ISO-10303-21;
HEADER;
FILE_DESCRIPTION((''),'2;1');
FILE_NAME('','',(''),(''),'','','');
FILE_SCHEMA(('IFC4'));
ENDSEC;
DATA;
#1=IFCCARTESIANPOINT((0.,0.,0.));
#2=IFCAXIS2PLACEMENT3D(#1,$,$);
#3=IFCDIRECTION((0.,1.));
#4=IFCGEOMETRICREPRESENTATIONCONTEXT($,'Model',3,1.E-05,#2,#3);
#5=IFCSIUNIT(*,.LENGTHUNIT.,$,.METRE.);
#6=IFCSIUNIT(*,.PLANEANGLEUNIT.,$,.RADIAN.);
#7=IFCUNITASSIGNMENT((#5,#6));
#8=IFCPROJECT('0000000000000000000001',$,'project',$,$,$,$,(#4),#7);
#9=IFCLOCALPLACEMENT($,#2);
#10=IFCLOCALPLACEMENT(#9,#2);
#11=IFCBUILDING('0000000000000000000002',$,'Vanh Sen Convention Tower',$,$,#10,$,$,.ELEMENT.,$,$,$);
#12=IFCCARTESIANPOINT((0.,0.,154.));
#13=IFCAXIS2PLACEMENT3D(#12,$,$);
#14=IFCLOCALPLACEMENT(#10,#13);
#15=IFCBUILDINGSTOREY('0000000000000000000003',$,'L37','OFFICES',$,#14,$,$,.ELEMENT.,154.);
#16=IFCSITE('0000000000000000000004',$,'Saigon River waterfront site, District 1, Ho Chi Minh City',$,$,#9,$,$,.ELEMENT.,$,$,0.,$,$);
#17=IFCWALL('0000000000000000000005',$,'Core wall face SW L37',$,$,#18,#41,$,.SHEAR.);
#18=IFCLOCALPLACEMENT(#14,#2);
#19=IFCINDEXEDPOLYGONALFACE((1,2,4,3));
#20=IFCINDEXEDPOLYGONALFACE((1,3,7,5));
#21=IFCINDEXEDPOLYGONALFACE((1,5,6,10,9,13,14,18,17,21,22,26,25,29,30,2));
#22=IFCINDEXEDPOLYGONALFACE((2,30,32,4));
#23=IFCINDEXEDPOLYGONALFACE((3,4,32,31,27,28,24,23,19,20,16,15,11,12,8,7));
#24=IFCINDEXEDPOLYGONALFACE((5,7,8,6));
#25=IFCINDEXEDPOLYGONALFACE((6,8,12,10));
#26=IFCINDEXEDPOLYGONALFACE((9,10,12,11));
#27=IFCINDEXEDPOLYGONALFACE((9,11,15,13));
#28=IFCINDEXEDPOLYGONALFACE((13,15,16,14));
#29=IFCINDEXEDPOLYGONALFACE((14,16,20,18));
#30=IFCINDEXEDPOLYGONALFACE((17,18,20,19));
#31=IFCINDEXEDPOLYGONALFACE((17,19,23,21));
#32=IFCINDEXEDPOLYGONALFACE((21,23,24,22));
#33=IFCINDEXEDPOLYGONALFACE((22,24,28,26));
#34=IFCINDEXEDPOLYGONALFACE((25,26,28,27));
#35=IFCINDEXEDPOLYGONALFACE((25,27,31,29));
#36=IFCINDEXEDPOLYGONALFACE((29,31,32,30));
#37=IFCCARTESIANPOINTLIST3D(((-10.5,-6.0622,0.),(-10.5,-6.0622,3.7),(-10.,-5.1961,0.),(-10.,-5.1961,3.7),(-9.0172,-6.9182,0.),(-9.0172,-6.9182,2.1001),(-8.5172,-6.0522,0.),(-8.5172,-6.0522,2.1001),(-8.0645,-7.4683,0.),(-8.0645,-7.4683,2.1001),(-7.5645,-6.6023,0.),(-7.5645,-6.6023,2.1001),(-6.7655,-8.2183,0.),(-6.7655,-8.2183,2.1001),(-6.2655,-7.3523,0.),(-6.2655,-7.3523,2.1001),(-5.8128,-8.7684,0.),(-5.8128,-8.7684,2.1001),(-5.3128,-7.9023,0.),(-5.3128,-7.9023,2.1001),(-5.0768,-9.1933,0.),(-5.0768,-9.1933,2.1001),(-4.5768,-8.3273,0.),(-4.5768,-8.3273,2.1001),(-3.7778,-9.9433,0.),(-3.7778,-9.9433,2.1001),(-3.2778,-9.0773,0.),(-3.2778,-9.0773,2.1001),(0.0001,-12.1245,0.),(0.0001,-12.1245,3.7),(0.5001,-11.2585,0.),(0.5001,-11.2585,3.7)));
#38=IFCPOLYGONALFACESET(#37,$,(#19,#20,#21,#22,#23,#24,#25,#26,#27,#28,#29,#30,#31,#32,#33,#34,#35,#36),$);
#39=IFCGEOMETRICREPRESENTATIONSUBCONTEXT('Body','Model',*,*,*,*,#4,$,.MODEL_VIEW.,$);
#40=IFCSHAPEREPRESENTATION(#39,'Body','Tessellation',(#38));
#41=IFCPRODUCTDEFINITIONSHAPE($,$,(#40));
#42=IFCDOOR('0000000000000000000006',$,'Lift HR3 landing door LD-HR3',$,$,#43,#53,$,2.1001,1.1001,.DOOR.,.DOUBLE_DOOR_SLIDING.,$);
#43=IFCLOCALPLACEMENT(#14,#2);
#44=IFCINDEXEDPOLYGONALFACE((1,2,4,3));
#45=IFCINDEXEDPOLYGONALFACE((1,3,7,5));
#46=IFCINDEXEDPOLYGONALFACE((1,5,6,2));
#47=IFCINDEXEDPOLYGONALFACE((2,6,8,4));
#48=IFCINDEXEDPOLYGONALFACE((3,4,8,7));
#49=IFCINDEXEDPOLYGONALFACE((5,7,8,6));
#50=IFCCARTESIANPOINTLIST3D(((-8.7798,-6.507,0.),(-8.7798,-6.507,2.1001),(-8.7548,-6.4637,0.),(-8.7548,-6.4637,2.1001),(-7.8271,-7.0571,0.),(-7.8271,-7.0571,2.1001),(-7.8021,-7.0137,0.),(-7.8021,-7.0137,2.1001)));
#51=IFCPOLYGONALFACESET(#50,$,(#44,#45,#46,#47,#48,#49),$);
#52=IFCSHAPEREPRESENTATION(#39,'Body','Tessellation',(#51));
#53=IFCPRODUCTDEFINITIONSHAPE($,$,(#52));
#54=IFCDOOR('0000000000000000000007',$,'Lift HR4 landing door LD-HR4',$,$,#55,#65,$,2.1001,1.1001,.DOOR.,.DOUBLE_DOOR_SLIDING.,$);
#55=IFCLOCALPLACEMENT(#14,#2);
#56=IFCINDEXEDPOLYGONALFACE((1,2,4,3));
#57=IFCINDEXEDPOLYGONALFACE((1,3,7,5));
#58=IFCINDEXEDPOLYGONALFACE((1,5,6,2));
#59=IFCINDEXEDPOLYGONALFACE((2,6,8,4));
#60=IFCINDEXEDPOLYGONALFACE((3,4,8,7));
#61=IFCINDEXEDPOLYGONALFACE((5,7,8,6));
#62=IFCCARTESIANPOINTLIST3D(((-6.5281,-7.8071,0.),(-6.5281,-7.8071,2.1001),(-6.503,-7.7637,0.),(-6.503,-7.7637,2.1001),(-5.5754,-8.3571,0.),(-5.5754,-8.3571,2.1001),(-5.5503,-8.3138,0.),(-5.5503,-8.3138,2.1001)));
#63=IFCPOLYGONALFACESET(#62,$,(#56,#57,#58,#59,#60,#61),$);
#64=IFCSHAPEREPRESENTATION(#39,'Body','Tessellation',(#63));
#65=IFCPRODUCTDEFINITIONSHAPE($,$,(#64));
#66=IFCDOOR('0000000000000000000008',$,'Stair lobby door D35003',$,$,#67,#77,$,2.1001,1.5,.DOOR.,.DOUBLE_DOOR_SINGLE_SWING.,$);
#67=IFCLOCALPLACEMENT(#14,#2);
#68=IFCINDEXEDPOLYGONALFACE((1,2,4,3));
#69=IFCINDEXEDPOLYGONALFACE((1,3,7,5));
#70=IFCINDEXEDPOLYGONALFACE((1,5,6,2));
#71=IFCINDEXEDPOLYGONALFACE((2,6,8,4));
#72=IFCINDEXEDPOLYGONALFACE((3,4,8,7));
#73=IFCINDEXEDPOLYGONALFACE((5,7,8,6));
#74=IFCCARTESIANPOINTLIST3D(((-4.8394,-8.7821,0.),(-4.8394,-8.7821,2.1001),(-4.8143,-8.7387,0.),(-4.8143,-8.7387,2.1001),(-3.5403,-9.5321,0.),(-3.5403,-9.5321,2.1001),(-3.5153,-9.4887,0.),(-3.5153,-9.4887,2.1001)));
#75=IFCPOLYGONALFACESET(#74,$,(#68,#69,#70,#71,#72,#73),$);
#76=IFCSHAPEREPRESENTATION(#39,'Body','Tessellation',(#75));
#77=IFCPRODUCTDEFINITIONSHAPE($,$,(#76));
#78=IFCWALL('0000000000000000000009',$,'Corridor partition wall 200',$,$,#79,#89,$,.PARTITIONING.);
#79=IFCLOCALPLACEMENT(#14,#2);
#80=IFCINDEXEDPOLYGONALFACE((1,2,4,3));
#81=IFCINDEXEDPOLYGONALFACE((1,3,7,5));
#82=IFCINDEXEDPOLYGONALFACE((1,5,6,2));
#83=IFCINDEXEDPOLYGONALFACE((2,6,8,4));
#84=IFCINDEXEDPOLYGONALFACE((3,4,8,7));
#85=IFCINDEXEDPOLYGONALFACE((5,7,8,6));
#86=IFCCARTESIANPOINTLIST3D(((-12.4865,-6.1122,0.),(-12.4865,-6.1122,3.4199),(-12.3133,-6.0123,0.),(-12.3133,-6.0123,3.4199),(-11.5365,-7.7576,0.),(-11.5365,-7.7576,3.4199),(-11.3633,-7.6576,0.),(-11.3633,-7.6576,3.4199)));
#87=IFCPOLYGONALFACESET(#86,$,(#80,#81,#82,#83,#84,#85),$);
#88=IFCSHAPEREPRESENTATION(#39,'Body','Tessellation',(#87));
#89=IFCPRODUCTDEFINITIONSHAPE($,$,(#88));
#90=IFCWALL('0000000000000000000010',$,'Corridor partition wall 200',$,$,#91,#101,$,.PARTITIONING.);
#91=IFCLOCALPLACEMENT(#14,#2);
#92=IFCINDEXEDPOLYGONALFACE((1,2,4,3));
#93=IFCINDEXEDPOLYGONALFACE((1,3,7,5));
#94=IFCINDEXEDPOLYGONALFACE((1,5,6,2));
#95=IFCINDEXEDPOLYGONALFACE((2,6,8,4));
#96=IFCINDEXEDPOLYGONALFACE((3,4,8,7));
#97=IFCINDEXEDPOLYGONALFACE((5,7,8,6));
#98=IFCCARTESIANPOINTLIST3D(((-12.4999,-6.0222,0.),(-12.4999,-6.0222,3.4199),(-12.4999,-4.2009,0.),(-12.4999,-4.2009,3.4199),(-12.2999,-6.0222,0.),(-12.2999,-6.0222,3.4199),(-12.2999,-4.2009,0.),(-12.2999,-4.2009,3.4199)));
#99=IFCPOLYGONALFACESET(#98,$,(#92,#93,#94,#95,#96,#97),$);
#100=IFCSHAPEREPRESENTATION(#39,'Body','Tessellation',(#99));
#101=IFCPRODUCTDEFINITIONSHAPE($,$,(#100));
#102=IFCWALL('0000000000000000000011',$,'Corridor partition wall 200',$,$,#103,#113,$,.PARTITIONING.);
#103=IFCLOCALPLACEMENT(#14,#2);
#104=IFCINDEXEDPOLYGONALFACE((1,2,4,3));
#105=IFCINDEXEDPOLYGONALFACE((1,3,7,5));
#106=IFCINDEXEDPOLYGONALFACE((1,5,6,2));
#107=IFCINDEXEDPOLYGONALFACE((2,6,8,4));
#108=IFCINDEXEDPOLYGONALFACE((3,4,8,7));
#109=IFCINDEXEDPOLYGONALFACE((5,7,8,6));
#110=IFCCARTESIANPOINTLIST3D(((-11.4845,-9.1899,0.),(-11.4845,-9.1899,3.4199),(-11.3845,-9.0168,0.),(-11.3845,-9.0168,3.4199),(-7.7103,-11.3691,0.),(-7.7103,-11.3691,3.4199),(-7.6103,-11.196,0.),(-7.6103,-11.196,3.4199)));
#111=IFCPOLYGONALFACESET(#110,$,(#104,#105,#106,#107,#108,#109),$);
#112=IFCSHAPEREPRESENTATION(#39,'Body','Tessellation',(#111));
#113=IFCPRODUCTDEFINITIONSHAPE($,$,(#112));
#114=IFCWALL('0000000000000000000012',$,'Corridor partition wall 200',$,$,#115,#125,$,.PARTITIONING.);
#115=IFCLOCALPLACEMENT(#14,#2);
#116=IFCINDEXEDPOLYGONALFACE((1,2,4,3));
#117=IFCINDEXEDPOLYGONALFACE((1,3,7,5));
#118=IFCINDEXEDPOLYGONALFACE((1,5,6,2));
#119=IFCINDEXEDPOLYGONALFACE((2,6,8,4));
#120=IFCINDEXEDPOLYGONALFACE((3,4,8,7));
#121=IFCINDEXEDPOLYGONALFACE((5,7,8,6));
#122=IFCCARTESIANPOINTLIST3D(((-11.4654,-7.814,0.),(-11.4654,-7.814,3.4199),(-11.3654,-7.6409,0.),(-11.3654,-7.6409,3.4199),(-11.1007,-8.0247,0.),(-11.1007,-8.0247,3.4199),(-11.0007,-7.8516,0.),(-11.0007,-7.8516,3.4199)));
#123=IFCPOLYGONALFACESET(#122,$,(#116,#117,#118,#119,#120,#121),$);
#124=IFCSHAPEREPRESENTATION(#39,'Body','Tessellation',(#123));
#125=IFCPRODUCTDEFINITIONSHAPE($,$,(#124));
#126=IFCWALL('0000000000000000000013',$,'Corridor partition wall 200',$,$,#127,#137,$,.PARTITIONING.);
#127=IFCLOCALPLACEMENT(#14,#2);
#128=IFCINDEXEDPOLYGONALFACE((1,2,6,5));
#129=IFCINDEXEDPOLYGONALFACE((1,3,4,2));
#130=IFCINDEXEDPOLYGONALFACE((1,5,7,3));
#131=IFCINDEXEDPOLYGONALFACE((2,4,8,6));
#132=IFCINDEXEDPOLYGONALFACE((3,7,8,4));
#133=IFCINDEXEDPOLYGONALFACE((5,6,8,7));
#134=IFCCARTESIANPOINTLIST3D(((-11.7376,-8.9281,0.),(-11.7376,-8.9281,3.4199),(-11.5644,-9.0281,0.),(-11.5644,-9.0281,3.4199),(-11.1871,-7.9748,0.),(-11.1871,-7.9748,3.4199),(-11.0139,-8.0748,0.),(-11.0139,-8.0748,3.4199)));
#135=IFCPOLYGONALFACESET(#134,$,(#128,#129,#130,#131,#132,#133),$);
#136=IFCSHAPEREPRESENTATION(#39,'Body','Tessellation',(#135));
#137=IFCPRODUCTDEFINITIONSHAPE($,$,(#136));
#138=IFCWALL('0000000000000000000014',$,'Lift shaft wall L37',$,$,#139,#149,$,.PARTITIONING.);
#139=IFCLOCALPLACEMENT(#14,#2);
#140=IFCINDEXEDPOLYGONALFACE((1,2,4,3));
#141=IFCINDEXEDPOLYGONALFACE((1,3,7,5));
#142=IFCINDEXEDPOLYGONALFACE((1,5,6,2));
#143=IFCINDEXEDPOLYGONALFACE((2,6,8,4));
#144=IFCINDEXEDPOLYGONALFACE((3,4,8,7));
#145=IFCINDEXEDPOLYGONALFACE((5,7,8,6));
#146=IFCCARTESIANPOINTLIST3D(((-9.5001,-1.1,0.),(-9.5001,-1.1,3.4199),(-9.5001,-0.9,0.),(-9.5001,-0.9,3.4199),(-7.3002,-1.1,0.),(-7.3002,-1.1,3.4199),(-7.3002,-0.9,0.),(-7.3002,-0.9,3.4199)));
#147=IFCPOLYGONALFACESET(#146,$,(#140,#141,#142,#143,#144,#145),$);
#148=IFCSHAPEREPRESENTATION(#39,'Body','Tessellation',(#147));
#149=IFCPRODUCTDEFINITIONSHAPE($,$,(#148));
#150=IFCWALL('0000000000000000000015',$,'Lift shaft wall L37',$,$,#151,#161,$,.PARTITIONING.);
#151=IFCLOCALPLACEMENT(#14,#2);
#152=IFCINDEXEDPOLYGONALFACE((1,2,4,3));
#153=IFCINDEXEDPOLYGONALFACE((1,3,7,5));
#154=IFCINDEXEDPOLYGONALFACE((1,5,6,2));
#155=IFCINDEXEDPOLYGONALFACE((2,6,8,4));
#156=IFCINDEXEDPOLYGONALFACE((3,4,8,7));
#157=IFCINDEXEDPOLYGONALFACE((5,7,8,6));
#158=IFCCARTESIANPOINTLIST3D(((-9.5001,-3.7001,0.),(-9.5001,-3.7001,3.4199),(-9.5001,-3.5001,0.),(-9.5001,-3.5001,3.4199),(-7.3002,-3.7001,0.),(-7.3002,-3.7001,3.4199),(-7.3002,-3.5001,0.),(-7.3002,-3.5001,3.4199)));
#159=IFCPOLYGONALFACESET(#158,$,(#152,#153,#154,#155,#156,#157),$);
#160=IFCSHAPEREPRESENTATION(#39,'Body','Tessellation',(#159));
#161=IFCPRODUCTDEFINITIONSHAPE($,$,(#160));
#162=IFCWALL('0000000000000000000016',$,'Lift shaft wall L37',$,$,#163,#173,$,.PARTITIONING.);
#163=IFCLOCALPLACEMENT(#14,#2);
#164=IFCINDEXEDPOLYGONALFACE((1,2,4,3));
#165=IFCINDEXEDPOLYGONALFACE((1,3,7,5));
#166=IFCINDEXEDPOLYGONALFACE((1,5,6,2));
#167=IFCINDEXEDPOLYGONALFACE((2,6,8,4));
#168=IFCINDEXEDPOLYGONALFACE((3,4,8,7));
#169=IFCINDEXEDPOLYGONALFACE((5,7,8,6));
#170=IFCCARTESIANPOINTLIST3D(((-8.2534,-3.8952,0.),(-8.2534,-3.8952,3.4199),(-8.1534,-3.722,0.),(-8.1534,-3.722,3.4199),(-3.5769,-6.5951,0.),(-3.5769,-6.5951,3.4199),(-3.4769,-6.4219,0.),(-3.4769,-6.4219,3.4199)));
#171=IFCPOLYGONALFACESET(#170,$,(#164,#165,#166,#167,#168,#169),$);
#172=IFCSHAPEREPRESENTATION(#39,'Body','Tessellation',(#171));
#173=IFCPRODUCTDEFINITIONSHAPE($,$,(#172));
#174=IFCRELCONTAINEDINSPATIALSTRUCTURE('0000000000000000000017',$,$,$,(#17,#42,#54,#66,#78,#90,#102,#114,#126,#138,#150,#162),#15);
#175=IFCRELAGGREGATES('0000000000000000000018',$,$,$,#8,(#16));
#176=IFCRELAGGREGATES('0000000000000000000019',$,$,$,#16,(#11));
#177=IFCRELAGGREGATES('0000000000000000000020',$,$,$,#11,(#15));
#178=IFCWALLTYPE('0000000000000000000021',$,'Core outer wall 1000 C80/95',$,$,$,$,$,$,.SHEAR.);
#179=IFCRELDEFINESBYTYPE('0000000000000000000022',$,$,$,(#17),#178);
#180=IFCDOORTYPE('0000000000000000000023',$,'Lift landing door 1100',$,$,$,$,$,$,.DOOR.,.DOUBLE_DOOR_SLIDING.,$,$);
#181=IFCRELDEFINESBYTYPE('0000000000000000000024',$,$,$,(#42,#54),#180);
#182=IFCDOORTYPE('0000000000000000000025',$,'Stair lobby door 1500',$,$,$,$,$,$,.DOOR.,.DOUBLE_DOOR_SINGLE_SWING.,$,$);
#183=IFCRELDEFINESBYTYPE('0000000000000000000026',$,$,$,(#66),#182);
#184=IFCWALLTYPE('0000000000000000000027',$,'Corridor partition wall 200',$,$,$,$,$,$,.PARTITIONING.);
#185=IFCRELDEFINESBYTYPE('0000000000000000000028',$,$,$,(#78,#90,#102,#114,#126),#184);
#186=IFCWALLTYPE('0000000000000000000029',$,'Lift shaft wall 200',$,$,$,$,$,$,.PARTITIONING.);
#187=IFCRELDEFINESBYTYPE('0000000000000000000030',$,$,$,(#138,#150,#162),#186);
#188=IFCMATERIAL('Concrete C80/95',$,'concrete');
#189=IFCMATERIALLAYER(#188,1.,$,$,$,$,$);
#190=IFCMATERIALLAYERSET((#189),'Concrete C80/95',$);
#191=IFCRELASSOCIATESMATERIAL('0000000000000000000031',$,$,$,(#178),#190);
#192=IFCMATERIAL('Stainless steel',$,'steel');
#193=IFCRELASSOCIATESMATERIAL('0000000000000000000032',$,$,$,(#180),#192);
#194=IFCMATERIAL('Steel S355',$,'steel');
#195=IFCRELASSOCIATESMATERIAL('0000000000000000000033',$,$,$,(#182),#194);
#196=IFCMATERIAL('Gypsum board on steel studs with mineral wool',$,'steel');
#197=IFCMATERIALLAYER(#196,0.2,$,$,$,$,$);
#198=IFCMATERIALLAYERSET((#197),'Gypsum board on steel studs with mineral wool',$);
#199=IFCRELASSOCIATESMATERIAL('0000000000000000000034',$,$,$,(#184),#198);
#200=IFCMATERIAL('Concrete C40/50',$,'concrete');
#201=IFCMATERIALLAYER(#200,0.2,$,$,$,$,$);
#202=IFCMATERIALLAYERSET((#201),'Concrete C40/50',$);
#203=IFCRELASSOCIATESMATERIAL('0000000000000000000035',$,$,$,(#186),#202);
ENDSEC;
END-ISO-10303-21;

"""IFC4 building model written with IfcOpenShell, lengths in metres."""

from ifc_helpers import new_model, si_unit, direction, frame, frame_2d, origin, place, context, subcontext, project, spatial, rectangle, extrude, material, layer, layer_set, type_object, element, fill, save


model = new_model("IFC4")

# Units and contexts
model_context = context("Model", 3, precision=1e-05, world=origin(), true_north=direction((0.0, 1.0)))
body_context = subcontext(model_context, "Body", "Model", "MODEL_VIEW")
ifc_project = project(units=[si_unit("LENGTHUNIT", "METRE"), si_unit("PLANEANGLEUNIT", "RADIAN")], contexts=[model_context])

# Site, building, storey
site_placement = place(None, origin())
site = spatial("IfcSite", under=ifc_project, at=site_placement, Name="Saigon River waterfront site, District 1, Ho Chi Minh City", CompositionType="ELEMENT", RefElevation=0.0)
building_placement = place(site_placement, origin())
building = spatial("IfcBuilding", under=site, at=building_placement, Name="Vanh Sen Convention Tower", CompositionType="ELEMENT")
storey_placement = place(building_placement, frame((0.0, 0.0, 154.0)))
storey = spatial("IfcBuildingStorey", under=building, at=storey_placement, Name="L37", Description="OFFICES", CompositionType="ELEMENT", Elevation=154.0)

# Shared definitions
ifc_material_1 = material(Name="Concrete C40/50", Category="concrete")

# Wall, openings, doors
ifc_material_2 = material(Name="Concrete C80/95", Category="concrete")
ifc_layer_1 = layer(ifc_material_2, 1.0)
ifc_layer_set_1 = layer_set([ifc_layer_1], Name="Concrete C80/95")
wall_type_1 = type_object("IfcWallType", Name="Core outer wall 1000 C80/95", PredefinedType="SHEAR", material=ifc_layer_set_1)
wall_1_placement = place(storey_placement, frame((-10.25, -5.6292, 0.0), z_axis=(0.0, 0.0, 1.0), x_axis=(0.866023, -0.500005, 0.0)))
wall_1 = element("IfcWall", 1, at=wall_1_placement, inside=storey, type_object=wall_type_1, Name="Core wall face SW L37", PredefinedType="SHEAR", context=body_context, shape_type="SweptSolid", body=[
    extrude(rectangle(XDim=12.1245, YDim=1.0, at=frame_2d((6.0623, 0.0))), origin(), (0.0, 0.0, 1.0), 3.7),
])
opening_1_placement = place(wall_1_placement, frame((6.2622, 0.0, 0.0)))
opening_1 = element("IfcOpeningElement", 2, at=opening_1_placement, cuts=wall_1, PredefinedType="OPENING", context=body_context, shape_type="SweptSolid", body=[
    extrude(rectangle(XDim=1.5, YDim=2.1001, at=frame_2d((0.75, 1.05))), frame((0.0, 0.51, 0.0), z_axis=(0.0, -1.0, 0.0), x_axis=(1.0, 0.0, 0.0)), (0.0, 0.0, 1.0), 1.02),
])
opening_2_placement = place(wall_1_placement, frame((1.7122, 0.0, 0.0)))
opening_2 = element("IfcOpeningElement", 3, at=opening_2_placement, cuts=wall_1, PredefinedType="OPENING", context=body_context, shape_type="SweptSolid", body=[
    extrude(rectangle(XDim=1.1001, YDim=2.1001, at=frame_2d((0.55, 1.05))), frame((0.0, 0.51, 0.0), z_axis=(0.0, -1.0, 0.0), x_axis=(1.0, 0.0, 0.0)), (0.0, 0.0, 1.0), 1.02),
])
opening_3_placement = place(wall_1_placement, frame((4.3123, 0.0, 0.0)))
opening_3 = element("IfcOpeningElement", 4, at=opening_3_placement, cuts=wall_1, PredefinedType="OPENING", context=body_context, shape_type="SweptSolid", body=[
    extrude(rectangle(XDim=1.1001, YDim=2.1001, at=frame_2d((0.55, 1.05))), frame((0.0, 0.51, 0.0), z_axis=(0.0, -1.0, 0.0), x_axis=(1.0, 0.0, 0.0)), (0.0, 0.0, 1.0), 1.02),
])
ifc_material_3 = material(Name="Stainless steel", Category="steel")
door_type_1 = type_object("IfcDoorType", Name="Lift landing door 1100", OperationType="DOUBLE_DOOR_SLIDING", PredefinedType="DOOR", material=ifc_material_3)
door_1_placement = place(opening_2_placement, origin())
door_1 = element("IfcDoor", 5, at=door_1_placement, inside=storey, type_object=door_type_1, Name="Lift HR3 landing door LD-HR3", OperationType="DOUBLE_DOOR_SLIDING", OverallHeight=2.1001, OverallWidth=1.1001, PredefinedType="DOOR", context=body_context, shape_type="SweptSolid", body=[
    extrude(rectangle(XDim=1.1001, YDim=2.1001, at=frame_2d((0.55, 1.05))), frame((0.0, 0.0249, 0.0), z_axis=(0.0, -1.0, 0.0), x_axis=(1.0, 0.0, 0.0)), (0.0, 0.0, 1.0), 0.05),
])
fill(opening_2, door_1)
door_2_placement = place(opening_3_placement, origin())
door_2 = element("IfcDoor", 6, at=door_2_placement, inside=storey, type_object=door_type_1, Name="Lift HR4 landing door LD-HR4", OperationType="DOUBLE_DOOR_SLIDING", OverallHeight=2.1001, OverallWidth=1.1001, PredefinedType="DOOR", context=body_context, shape_type="SweptSolid", body=[
    extrude(rectangle(XDim=1.1001, YDim=2.1001, at=frame_2d((0.55, 1.05))), frame((0.0, 0.0249, 0.0), z_axis=(0.0, -1.0, 0.0), x_axis=(1.0, 0.0, 0.0)), (0.0, 0.0, 1.0), 0.05),
])
fill(opening_3, door_2)
ifc_material_4 = material(Name="Steel S355", Category="steel")
door_type_2 = type_object("IfcDoorType", Name="Stair lobby door 1500", OperationType="DOUBLE_DOOR_SINGLE_SWING", PredefinedType="DOOR", material=ifc_material_4)
door_3_placement = place(opening_1_placement, origin())
door_3 = element("IfcDoor", 7, at=door_3_placement, inside=storey, type_object=door_type_2, Name="Stair lobby door D35003", OperationType="DOUBLE_DOOR_SINGLE_SWING", OverallHeight=2.1001, OverallWidth=1.5, PredefinedType="DOOR", context=body_context, shape_type="SweptSolid", body=[
    extrude(rectangle(XDim=1.5, YDim=2.1001, at=frame_2d((0.75, 1.05))), frame((0.0, 0.0249, 0.0), z_axis=(0.0, -1.0, 0.0), x_axis=(1.0, 0.0, 0.0)), (0.0, 0.0, 1.0), 0.05),
])
fill(opening_1, door_3)

# Walls
ifc_material_5 = material(Name="Gypsum board on steel studs with mineral wool", Category="steel")
ifc_layer_2 = layer(ifc_material_5, 0.2)
ifc_layer_set_2 = layer_set([ifc_layer_2], Name="Gypsum board on steel studs with mineral wool")
wall_type_2 = type_object("IfcWallType", Name="Corridor partition wall 200", PredefinedType="PARTITIONING", material=ifc_layer_set_2)
wall_2_placement = place(storey_placement, frame((-12.3999, -6.0623, 0.0), z_axis=(0.0, 0.0, 1.0), x_axis=(0.500023, -0.866012, 0.0)))
element("IfcWall", 8, at=wall_2_placement, inside=storey, type_object=wall_type_2, Name="Corridor partition wall 200", PredefinedType="PARTITIONING", context=body_context, shape_type="SweptSolid", body=[
    extrude(rectangle(XDim=1.8999, YDim=0.2, at=frame_2d((0.95, 0.0))), origin(), (0.0, 0.0, 1.0), 3.4199),
])
wall_3_placement = place(storey_placement, frame((-12.3999, -4.2009, 0.0), z_axis=(0.0, 0.0, 1.0), x_axis=(0.0, -1.0, 0.0)))
element("IfcWall", 9, at=wall_3_placement, inside=storey, type_object=wall_type_2, Name="Corridor partition wall 200", PredefinedType="PARTITIONING", context=body_context, shape_type="SweptSolid", body=[
    extrude(rectangle(XDim=1.8213, YDim=0.2, at=frame_2d((0.9106, 0.0))), origin(), (0.0, 0.0, 1.0), 3.4199),
])
wall_4_placement = place(storey_placement, frame((-11.4346, -9.1033, 0.0), z_axis=(0.0, 0.0, 1.0), x_axis=(0.866007, -0.500031, 0.0)))
element("IfcWall", 10, at=wall_4_placement, inside=storey, type_object=wall_type_2, Name="Corridor partition wall 200", PredefinedType="PARTITIONING", context=body_context, shape_type="SweptSolid", body=[
    extrude(rectangle(XDim=4.3582, YDim=0.2, at=frame_2d((2.1792, 0.0))), origin(), (0.0, 0.0, 1.0), 3.4199),
])
wall_5_placement = place(storey_placement, frame((-11.4153, -7.7275, 0.0), z_axis=(0.0, 0.0, 1.0), x_axis=(0.865915, -0.500191, 0.0)))
element("IfcWall", 11, at=wall_5_placement, inside=storey, type_object=wall_type_2, Name="Corridor partition wall 200", PredefinedType="PARTITIONING", context=body_context, shape_type="SweptSolid", body=[
    extrude(rectangle(XDim=0.4211, YDim=0.2, at=frame_2d((0.2104, 0.0))), origin(), (0.0, 0.0, 1.0), 3.4199),
])
wall_6_placement = place(storey_placement, frame((-11.1006, -8.0249, 0.0), z_axis=(0.0, 0.0, 1.0), x_axis=(-0.500074, -0.865982, 0.0)))
element("IfcWall", 12, at=wall_6_placement, inside=storey, type_object=wall_type_2, Name="Corridor partition wall 200", PredefinedType="PARTITIONING", context=body_context, shape_type="SweptSolid", body=[
    extrude(rectangle(XDim=1.1008, YDim=0.2, at=frame_2d((0.5503, 0.0))), origin(), (0.0, 0.0, 1.0), 3.4199),
])
ifc_layer_3 = layer(ifc_material_1, 0.2)
ifc_layer_set_3 = layer_set([ifc_layer_3], Name="Concrete C40/50")
wall_type_3 = type_object("IfcWallType", Name="Lift shaft wall 200", PredefinedType="PARTITIONING", material=ifc_layer_set_3)
for number, where, z_axis, x_axis, name in (
    (13, (-7.3, -1.0, 0.0), (0.0, 0.0, 1.0), (-1.0, 0.0, 0.0), "Lift shaft wall L37"),
    (14, (-7.3, -3.6001, 0.0), (0.0, 0.0, 1.0), (-1.0, 0.0, 0.0), "Lift shaft wall L37"),
):
    element("IfcWall", number, at=place(storey_placement, frame(where, z_axis=z_axis, x_axis=x_axis)), inside=storey, type_object=wall_type_3, Name=name, PredefinedType="PARTITIONING", context=body_context, shape_type="SweptSolid", body=[
        extrude(rectangle(XDim=2.2, YDim=0.2, at=frame_2d((1.1001, 0.0))), origin(), (0.0, 0.0, 1.0), 3.4199),
    ])
wall_7_placement = place(storey_placement, frame((-8.2034, -3.8086, 0.0), z_axis=(0.0, 0.0, 1.0), x_axis=(0.866028, -0.499995, 0.0)))
element("IfcWall", 15, at=wall_7_placement, inside=storey, type_object=wall_type_3, Name="Lift shaft wall L37", PredefinedType="PARTITIONING", context=body_context, shape_type="SweptSolid", body=[
    extrude(rectangle(XDim=5.3999, YDim=0.2, at=frame_2d((2.7, 0.0))), origin(), (0.0, 0.0, 1.0), 3.4199),
])

save(model, "model.ifc")
